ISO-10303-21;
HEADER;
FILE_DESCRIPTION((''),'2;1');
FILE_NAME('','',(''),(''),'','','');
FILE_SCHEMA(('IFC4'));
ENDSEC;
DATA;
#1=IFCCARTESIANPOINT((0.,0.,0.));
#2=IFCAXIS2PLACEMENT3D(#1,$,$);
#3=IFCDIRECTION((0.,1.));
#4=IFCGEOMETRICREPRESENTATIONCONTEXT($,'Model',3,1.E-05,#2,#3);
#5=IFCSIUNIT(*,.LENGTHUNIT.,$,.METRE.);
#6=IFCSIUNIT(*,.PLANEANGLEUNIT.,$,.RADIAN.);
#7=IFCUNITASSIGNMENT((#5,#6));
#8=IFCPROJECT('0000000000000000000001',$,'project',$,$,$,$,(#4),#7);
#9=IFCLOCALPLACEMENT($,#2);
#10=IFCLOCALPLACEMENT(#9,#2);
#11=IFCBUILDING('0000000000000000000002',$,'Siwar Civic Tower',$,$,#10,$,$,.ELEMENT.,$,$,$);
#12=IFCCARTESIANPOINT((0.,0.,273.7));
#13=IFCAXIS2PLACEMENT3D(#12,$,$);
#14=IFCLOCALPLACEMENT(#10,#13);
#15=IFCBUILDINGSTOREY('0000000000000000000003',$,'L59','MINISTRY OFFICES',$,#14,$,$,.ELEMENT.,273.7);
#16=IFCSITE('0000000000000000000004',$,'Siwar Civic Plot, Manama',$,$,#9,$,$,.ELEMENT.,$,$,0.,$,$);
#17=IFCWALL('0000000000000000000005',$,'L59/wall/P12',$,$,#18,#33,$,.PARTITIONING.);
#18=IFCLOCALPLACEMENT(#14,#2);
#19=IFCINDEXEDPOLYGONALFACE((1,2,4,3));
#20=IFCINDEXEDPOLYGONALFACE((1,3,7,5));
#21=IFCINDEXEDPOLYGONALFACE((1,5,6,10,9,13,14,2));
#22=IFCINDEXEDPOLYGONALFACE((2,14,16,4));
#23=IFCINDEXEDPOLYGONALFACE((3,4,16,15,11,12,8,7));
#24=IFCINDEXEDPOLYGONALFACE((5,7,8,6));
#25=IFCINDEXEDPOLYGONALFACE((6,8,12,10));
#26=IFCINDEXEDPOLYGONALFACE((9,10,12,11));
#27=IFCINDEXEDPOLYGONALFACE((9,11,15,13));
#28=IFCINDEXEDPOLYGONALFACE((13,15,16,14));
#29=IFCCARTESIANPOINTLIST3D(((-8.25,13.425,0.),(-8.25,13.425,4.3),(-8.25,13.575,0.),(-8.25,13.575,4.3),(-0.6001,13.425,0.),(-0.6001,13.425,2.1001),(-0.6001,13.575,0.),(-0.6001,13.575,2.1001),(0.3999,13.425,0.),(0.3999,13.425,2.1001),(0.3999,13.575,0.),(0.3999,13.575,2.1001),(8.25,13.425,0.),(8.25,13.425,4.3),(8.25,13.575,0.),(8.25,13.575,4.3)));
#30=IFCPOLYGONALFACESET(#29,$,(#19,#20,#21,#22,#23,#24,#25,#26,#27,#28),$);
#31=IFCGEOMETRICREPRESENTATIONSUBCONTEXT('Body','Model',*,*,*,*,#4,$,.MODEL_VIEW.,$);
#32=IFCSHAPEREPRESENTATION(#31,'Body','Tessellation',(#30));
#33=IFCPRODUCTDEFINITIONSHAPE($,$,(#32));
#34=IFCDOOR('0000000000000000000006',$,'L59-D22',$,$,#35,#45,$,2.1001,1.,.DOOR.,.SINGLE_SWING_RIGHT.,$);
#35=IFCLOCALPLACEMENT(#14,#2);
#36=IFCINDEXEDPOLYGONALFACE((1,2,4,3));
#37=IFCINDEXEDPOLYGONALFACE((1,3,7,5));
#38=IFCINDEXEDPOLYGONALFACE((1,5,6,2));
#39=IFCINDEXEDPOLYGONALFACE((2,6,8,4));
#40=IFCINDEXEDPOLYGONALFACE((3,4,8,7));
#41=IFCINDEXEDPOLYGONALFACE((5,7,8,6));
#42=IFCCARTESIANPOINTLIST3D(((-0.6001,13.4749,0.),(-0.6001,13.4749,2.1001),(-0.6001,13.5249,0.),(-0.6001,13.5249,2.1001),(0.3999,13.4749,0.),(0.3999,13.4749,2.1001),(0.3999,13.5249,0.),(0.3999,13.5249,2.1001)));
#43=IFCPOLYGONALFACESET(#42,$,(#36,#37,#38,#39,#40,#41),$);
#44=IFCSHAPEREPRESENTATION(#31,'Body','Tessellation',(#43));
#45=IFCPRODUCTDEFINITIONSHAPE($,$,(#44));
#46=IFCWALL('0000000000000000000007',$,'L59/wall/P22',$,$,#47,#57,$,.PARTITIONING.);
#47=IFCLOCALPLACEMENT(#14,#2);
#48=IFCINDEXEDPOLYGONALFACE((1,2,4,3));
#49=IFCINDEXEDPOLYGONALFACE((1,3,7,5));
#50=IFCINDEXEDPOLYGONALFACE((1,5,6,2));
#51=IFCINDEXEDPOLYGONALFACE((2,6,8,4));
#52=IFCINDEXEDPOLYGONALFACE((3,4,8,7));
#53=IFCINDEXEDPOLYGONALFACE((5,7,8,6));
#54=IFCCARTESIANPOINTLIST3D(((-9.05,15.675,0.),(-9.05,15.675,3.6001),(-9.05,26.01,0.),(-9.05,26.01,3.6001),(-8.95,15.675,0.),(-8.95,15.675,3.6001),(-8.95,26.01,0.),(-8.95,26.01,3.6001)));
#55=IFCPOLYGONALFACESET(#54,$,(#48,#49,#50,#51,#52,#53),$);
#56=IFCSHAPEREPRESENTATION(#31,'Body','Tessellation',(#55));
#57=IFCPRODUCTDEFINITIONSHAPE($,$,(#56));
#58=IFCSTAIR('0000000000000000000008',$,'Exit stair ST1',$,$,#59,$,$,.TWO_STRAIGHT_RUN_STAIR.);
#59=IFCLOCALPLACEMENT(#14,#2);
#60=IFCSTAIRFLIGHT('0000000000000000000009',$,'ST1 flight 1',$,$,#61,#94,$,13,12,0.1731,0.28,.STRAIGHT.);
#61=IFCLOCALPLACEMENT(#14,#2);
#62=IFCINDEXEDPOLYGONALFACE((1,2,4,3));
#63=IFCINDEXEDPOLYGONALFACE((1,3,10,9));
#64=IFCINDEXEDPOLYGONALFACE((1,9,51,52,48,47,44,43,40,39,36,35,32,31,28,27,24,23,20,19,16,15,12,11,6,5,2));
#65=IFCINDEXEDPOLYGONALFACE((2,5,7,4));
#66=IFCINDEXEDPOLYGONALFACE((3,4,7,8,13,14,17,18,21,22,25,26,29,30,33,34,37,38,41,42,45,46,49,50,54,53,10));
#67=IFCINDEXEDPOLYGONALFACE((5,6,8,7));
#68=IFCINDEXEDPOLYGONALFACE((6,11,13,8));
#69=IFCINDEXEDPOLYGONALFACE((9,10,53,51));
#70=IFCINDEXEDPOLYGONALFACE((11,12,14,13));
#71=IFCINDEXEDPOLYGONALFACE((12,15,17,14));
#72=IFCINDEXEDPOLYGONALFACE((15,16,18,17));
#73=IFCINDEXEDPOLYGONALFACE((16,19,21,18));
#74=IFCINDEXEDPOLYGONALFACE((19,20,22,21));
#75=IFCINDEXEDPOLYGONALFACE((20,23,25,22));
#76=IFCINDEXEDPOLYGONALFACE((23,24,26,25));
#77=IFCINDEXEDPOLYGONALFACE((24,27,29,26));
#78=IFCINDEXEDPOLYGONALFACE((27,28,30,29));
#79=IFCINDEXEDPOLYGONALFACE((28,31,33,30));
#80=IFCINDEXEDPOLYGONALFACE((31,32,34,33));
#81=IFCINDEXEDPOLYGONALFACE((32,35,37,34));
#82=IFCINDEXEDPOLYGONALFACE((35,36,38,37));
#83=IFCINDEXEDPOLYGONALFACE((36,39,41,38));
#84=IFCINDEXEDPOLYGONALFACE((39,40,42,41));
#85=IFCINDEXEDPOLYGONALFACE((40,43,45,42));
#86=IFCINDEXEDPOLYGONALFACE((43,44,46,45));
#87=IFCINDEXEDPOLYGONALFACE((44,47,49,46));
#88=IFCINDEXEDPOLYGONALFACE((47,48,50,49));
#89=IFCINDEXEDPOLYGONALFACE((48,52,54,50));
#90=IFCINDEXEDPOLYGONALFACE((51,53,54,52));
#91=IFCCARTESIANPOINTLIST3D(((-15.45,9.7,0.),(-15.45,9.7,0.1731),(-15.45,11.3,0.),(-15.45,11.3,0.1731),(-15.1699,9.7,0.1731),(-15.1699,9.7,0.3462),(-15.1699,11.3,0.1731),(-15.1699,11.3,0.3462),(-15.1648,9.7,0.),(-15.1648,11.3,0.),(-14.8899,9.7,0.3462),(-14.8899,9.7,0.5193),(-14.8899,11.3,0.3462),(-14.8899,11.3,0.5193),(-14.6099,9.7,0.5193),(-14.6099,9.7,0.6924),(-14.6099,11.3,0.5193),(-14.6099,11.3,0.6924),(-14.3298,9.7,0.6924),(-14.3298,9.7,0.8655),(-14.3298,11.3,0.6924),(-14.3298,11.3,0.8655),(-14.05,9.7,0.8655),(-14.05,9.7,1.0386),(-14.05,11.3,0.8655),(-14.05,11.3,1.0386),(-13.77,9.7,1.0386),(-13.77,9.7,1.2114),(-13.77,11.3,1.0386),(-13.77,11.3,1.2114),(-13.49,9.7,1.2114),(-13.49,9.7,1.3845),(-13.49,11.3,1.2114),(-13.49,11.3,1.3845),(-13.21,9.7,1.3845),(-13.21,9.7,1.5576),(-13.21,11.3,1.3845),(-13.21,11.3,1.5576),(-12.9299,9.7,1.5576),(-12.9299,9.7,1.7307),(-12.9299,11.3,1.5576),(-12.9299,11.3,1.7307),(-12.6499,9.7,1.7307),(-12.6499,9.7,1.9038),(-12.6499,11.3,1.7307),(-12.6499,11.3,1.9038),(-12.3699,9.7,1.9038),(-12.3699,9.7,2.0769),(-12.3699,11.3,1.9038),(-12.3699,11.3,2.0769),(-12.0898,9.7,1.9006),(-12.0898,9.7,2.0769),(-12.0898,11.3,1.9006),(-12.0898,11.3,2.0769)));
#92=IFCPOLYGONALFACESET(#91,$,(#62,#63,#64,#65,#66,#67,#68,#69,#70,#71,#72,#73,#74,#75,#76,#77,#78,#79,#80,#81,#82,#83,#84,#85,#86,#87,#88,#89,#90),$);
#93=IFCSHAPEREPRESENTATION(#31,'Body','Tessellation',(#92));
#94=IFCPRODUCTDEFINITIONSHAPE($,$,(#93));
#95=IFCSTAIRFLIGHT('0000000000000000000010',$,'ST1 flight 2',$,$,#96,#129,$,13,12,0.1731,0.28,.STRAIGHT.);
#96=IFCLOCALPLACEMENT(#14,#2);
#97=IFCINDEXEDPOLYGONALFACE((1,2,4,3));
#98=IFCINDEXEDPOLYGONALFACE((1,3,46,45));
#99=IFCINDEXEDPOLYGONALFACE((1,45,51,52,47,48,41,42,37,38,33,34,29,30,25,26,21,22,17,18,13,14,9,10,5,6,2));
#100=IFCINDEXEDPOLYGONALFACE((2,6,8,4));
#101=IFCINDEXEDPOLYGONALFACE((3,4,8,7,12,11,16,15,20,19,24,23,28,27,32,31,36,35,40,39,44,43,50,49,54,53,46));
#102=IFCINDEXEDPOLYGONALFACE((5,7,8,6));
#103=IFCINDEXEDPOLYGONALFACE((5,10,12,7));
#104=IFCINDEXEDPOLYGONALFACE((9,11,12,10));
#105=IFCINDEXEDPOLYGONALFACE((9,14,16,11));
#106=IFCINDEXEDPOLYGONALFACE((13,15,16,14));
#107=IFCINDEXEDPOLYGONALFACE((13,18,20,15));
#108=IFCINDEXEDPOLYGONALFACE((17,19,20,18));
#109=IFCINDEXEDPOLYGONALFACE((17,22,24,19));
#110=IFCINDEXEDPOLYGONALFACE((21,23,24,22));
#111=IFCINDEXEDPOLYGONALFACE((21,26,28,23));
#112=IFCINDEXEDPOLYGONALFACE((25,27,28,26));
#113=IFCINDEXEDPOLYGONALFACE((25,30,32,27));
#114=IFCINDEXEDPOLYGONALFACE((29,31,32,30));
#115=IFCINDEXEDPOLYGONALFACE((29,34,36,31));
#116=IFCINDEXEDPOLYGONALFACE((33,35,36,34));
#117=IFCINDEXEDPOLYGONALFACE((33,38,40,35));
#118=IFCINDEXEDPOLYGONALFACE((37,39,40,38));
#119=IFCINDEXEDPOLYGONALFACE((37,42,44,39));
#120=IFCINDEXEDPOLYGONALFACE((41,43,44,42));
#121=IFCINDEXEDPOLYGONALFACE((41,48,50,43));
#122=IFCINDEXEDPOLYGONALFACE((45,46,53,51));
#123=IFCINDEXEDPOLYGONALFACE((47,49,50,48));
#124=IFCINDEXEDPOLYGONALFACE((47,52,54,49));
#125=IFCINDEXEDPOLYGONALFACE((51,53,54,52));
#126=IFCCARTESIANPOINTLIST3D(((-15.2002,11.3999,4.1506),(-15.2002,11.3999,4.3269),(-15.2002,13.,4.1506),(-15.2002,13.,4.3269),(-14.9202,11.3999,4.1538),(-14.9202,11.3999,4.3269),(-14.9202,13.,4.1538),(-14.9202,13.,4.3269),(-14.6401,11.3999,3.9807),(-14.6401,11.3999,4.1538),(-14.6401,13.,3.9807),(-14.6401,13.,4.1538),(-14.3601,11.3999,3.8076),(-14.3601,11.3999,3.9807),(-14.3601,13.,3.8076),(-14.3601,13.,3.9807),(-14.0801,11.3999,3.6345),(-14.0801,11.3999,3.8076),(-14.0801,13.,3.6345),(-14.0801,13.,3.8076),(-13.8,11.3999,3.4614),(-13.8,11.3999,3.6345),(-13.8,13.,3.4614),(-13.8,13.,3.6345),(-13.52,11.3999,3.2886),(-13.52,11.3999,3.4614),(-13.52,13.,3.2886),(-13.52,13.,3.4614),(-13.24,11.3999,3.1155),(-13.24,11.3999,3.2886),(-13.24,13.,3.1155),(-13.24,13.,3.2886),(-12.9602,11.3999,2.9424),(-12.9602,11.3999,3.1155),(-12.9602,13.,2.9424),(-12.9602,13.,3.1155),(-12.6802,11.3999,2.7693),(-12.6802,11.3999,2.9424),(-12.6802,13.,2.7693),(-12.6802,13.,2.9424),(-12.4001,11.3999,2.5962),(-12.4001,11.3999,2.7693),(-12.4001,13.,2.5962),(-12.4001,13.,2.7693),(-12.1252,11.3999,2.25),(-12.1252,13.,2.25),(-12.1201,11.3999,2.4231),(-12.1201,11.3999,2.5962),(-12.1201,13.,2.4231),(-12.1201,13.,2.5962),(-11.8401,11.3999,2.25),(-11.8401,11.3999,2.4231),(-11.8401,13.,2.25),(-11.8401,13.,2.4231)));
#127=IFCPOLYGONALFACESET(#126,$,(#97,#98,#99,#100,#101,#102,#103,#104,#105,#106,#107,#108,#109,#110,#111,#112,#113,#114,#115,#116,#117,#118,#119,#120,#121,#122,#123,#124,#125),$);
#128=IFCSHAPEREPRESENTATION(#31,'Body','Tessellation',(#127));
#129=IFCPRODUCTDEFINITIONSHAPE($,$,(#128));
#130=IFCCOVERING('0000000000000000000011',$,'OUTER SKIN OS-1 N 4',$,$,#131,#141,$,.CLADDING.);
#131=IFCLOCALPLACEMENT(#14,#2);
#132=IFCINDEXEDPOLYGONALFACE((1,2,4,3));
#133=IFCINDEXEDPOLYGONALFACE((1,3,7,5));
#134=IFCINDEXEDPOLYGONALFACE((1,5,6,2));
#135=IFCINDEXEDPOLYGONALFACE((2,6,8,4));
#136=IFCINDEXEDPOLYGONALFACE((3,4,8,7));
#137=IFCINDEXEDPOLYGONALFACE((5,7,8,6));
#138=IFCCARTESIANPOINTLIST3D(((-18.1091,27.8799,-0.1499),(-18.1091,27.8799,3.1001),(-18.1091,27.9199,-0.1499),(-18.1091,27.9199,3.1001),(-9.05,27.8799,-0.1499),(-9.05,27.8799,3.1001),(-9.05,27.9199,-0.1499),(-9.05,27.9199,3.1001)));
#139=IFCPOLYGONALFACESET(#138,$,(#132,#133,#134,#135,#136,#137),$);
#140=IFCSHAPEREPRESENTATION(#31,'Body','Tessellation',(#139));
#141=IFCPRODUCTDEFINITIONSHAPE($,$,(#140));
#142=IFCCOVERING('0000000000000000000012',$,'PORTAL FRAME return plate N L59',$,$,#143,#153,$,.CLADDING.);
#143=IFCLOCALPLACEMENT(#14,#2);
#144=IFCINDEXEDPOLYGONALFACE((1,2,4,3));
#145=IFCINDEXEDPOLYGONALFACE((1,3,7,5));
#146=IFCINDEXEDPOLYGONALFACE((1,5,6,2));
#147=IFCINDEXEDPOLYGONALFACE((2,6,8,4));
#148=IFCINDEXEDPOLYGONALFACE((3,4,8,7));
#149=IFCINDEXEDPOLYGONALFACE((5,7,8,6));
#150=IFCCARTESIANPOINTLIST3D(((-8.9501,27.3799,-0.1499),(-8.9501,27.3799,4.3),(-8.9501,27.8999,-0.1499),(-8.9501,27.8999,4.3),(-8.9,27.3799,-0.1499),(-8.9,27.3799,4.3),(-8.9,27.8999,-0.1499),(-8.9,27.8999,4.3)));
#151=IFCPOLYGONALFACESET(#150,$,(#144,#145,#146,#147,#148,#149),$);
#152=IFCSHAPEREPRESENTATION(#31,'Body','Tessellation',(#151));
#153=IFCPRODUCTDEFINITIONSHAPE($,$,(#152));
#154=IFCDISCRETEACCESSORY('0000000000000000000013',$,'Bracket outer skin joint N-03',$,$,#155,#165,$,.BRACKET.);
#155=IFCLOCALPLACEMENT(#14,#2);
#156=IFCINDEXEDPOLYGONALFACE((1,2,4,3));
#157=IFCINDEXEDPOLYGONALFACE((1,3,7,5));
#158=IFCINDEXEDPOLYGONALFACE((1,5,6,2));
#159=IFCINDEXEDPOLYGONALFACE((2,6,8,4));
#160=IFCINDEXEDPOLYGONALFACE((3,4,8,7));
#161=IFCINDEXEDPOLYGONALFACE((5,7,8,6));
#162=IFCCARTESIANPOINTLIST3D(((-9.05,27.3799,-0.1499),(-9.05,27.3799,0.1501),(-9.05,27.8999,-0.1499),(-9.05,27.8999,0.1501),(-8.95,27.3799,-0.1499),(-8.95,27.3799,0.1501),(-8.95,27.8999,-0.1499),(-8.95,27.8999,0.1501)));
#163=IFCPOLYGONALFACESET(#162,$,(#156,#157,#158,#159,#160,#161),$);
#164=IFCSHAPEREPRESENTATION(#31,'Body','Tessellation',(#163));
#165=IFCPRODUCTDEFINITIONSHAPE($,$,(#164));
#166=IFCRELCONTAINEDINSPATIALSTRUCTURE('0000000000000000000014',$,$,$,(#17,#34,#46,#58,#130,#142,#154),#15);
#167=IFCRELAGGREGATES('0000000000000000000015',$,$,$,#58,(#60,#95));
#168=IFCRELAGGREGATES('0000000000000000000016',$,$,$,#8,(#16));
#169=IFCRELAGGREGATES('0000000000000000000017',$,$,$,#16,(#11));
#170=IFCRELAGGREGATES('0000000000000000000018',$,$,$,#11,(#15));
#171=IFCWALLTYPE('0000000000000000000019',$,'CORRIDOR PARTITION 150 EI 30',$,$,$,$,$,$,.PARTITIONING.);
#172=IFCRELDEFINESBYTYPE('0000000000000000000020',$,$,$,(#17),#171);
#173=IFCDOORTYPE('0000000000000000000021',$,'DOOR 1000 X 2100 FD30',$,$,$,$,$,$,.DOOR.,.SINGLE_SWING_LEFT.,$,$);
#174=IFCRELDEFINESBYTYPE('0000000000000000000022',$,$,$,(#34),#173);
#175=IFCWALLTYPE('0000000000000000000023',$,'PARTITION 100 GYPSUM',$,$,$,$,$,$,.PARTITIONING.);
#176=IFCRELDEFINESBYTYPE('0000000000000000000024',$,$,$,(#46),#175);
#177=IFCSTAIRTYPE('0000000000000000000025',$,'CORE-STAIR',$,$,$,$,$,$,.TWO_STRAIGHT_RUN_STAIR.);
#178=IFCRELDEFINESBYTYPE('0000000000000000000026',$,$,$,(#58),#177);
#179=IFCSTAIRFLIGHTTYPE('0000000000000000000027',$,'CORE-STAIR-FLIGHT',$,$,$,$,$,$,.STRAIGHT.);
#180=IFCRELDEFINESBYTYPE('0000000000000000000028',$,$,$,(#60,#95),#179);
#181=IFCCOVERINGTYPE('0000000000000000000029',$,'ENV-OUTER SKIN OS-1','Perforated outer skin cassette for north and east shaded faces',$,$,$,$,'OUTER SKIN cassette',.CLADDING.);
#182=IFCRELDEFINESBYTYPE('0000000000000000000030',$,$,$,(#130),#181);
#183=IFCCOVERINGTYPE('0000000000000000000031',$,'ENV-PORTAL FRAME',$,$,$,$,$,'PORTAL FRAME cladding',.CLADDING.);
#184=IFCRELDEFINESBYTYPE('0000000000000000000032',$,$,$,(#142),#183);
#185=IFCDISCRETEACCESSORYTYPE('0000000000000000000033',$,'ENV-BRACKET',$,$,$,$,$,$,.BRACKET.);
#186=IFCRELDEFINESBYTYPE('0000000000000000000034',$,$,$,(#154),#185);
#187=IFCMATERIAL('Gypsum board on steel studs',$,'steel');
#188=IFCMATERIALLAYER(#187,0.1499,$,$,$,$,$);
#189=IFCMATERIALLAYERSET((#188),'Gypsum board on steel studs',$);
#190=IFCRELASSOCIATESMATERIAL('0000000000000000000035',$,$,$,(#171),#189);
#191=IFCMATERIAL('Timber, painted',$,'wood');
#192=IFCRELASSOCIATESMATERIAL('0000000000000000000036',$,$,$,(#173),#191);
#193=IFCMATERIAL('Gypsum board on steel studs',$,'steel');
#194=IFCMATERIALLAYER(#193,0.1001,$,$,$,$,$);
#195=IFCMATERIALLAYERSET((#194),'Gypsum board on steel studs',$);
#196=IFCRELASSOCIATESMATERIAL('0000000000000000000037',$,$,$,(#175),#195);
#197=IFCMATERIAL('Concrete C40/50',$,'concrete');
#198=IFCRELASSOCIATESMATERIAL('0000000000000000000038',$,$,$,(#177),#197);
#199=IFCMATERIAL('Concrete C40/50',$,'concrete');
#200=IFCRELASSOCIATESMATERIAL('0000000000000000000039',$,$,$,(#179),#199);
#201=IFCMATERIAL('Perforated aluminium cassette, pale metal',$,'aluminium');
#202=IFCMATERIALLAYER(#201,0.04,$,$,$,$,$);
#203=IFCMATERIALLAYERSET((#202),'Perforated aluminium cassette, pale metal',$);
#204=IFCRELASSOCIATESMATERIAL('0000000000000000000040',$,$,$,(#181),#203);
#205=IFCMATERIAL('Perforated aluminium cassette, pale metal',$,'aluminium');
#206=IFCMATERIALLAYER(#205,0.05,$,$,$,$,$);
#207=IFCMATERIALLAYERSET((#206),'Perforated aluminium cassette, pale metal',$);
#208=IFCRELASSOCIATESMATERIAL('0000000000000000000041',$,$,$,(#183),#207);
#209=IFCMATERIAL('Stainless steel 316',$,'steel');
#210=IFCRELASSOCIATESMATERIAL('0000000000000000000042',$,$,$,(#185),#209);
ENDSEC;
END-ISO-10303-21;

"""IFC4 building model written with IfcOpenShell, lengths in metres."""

from ifc_helpers import new_model, si_unit, direction, frame, frame_2d, origin, origin_2d, place, context, subcontext, project, spatial, polyline, rectangle, outline, extrude, material, layer, layer_set, type_object, element, fill, aggregate, save


model = new_model("IFC4")

# Units and contexts
model_context = context("Model", 3, precision=1e-05, world=origin(), true_north=direction((0.0, 1.0)))
body_context = subcontext(model_context, "Body", "Model", "MODEL_VIEW")
ifc_project = project(units=[si_unit("LENGTHUNIT", "METRE"), si_unit("PLANEANGLEUNIT", "RADIAN")], contexts=[model_context])

# Site, building, storey
site_placement = place(None, origin())
site = spatial("IfcSite", under=ifc_project, at=site_placement, Name="Siwar Civic Plot, Manama", CompositionType="ELEMENT", RefElevation=0.0)
building_placement = place(site_placement, origin())
building = spatial("IfcBuilding", under=site, at=building_placement, Name="Siwar Civic Tower", CompositionType="ELEMENT")
storey_placement = place(building_placement, frame((0.0, 0.0, 273.7)))
storey = spatial("IfcBuildingStorey", under=building, at=storey_placement, Name="L59", Description="MINISTRY OFFICES", CompositionType="ELEMENT", Elevation=273.7)

# Shared definitions
ifc_material_1 = material(Name="Gypsum board on steel studs", Category="steel")
ifc_layer_1 = layer(ifc_material_1, 0.1499)
ifc_layer_set_1 = layer_set([ifc_layer_1], Name="Gypsum board on steel studs")
wall_type_1 = type_object("IfcWallType", Name="CORRIDOR PARTITION 150 EI 30", PredefinedType="PARTITIONING", material=ifc_layer_set_1)

# Wall, opening, door
wall_1_placement = place(storey_placement, frame((-8.25, 13.5, 0.0), z_axis=(0.0, 0.0, 1.0), x_axis=(1.0, 0.0, 0.0)))
wall_1 = element("IfcWall", 1, at=wall_1_placement, inside=storey, type_object=wall_type_1, Name="L59/wall/P12", PredefinedType="PARTITIONING", context=body_context, shape_type="SweptSolid", body=[
    extrude(rectangle(XDim=16.5, YDim=0.1499, at=frame_2d((8.25, 0.0))), origin(), (0.0, 0.0, 1.0), 4.3),
])
opening_1_placement = place(wall_1_placement, frame((7.6499, 0.0, 0.0)))
opening_1 = element("IfcOpeningElement", 2, at=opening_1_placement, cuts=wall_1, PredefinedType="OPENING", context=body_context, shape_type="SweptSolid", body=[
    extrude(rectangle(XDim=1.0, YDim=2.1001, at=frame_2d((0.5, 1.05))), frame((0.0, 0.085, 0.0), z_axis=(0.0, -1.0, 0.0), x_axis=(1.0, 0.0, 0.0)), (0.0, 0.0, 1.0), 0.1699),
])
ifc_material_2 = material(Name="Timber, painted", Category="wood")
door_type_1 = type_object("IfcDoorType", Name="DOOR 1000 X 2100 FD30", OperationType="SINGLE_SWING_LEFT", PredefinedType="DOOR", material=ifc_material_2)
door_1_placement = place(opening_1_placement, origin())
door_1 = element("IfcDoor", 3, at=door_1_placement, inside=storey, type_object=door_type_1, Name="L59-D22", OperationType="SINGLE_SWING_RIGHT", OverallHeight=2.1001, OverallWidth=1.0, PredefinedType="DOOR", context=body_context, shape_type="SweptSolid", body=[
    extrude(rectangle(XDim=1.0, YDim=2.1001, at=frame_2d((0.5, 1.05))), frame((0.0, 0.0249, 0.0), z_axis=(0.0, -1.0, 0.0), x_axis=(1.0, 0.0, 0.0)), (0.0, 0.0, 1.0), 0.05),
])
fill(opening_1, door_1)

# Wall
ifc_material_3 = material(Name="Gypsum board on steel studs", Category="steel")
ifc_layer_2 = layer(ifc_material_3, 0.1001)
ifc_layer_set_2 = layer_set([ifc_layer_2], Name="Gypsum board on steel studs")
wall_type_2 = type_object("IfcWallType", Name="PARTITION 100 GYPSUM", PredefinedType="PARTITIONING", material=ifc_layer_set_2)
wall_2_placement = place(storey_placement, frame((-9.0, 15.675, 0.0), z_axis=(0.0, 0.0, 1.0), x_axis=(0.0, 1.0, 0.0)))
element("IfcWall", 4, at=wall_2_placement, inside=storey, type_object=wall_type_2, Name="L59/wall/P22", PredefinedType="PARTITIONING", context=body_context, shape_type="SweptSolid", body=[
    extrude(rectangle(XDim=10.335, YDim=0.1001, at=frame_2d((5.1675, 0.0))), origin(), (0.0, 0.0, 1.0), 3.6001),
])

# Stair, stair flights
ifc_material_4 = material(Name="Concrete C40/50", Category="concrete")
stair_type = type_object("IfcStairType", Name="CORE-STAIR", PredefinedType="TWO_STRAIGHT_RUN_STAIR", material=ifc_material_4)
stair_placement = place(storey_placement, origin())
stair = element("IfcStair", 5, at=stair_placement, inside=storey, type_object=stair_type, Name="Exit stair ST1", PredefinedType="TWO_STRAIGHT_RUN_STAIR")
ifc_material_5 = material(Name="Concrete C40/50", Category="concrete")
stair_flight_type = type_object("IfcStairFlightType", Name="CORE-STAIR-FLIGHT", PredefinedType="STRAIGHT", material=ifc_material_5)
stair_flight_1_placement = place(storey_placement, frame((-15.45, 10.5, 0.0), z_axis=(0.0, 0.0, 1.0), x_axis=(1.0, 0.0, 0.0)))
stair_flight_1 = element("IfcStairFlight", 6, at=stair_flight_1_placement, type_object=stair_flight_type, Name="ST1 flight 1", NumberOfRisers=13, NumberOfTreads=12, PredefinedType="STRAIGHT", RiserHeight=0.1731, TreadLength=0.28, context=body_context, shape_type="SweptSolid", body=[
    extrude(outline(polyline([(0.0, 0.0), (0.0, 0.1731), (0.28, 0.1731), (0.28, 0.3462), (0.5601, 0.3462), (0.5601, 0.5193), (0.8401, 0.5193), (0.8401, 0.6924), (1.1201, 0.6924), (1.1201, 0.8655), (1.3999, 0.8655), (1.3999, 1.0386), (1.6799, 1.0386), (1.6799, 1.2114), (1.96, 1.2114), (1.96, 1.3845), (2.24, 1.3845), (2.24, 1.5576), (2.52, 1.5576), (2.52, 1.7307), (2.8, 1.7307), (2.8, 1.9038), (3.0801, 1.9038), (3.0801, 2.0769), (3.3601, 2.0769), (3.3601, 2.25), (3.3601, 1.9006), (0.2852, 0.0), (0.0, 0.0)])), frame((0.0, 0.8, 0.0), z_axis=(0.0, -1.0, 0.0), x_axis=(1.0, 0.0, 0.0)), (0.0, 0.0, 1.0), 1.6001),
])
stair_flight_2_placement = place(storey_placement, frame((-11.8401, 12.2, 2.25), z_axis=(0.0, 0.0, 1.0), x_axis=(-1.0, 0.0, 0.0)))
stair_flight_2 = element("IfcStairFlight", 7, at=stair_flight_2_placement, type_object=stair_flight_type, Name="ST1 flight 2", NumberOfRisers=13, NumberOfTreads=12, PredefinedType="STRAIGHT", RiserHeight=0.1731, TreadLength=0.28, context=body_context, shape_type="SweptSolid", body=[
    extrude(outline(polyline([(0.0, 0.0), (0.0, 0.1731), (0.28, 0.1731), (0.28, 0.3462), (0.5601, 0.3462), (0.5601, 0.5193), (0.8401, 0.5193), (0.8401, 0.6924), (1.1201, 0.6924), (1.1201, 0.8655), (1.3999, 0.8655), (1.3999, 1.0386), (1.6799, 1.0386), (1.6799, 1.2114), (1.96, 1.2114), (1.96, 1.3845), (2.24, 1.3845), (2.24, 1.5576), (2.52, 1.5576), (2.52, 1.7307), (2.8, 1.7307), (2.8, 1.9038), (3.0801, 1.9038), (3.0801, 2.0769), (3.3601, 2.0769), (3.3601, 2.25), (3.3601, 1.9006), (0.2852, 0.0), (0.0, 0.0)])), frame((0.0, 0.8, 0.0), z_axis=(0.0, -1.0, 0.0), x_axis=(1.0, 0.0, 0.0)), (0.0, 0.0, 1.0), 1.6001),
])
aggregate(stair, [stair_flight_1, stair_flight_2])

# Coverings
ifc_material_6 = material(Name="Perforated aluminium cassette, pale metal", Category="aluminium")
ifc_layer_3 = layer(ifc_material_6, 0.04)
ifc_layer_set_3 = layer_set([ifc_layer_3], Name="Perforated aluminium cassette, pale metal")
covering_type_1 = type_object("IfcCoveringType", Name="ENV-OUTER SKIN OS-1", Description="Perforated outer skin cassette for north and east shaded faces", ElementType="OUTER SKIN cassette", PredefinedType="CLADDING", material=ifc_layer_set_3)
covering_1_placement = place(storey_placement, frame((-13.5796, 27.8999, -0.1499), z_axis=(0.0, 0.0, 1.0), x_axis=(-1.0, 0.0, 0.0)))
element("IfcCovering", 8, at=covering_1_placement, inside=storey, type_object=covering_type_1, Name="OUTER SKIN OS-1 N 4", PredefinedType="CLADDING", context=body_context, shape_type="SweptSolid", body=[
    extrude(rectangle(XDim=9.0591, YDim=0.04, at=origin_2d()), origin(), (0.0, 0.0, 1.0), 3.25),
])
ifc_material_7 = material(Name="Perforated aluminium cassette, pale metal", Category="aluminium")
ifc_layer_4 = layer(ifc_material_7, 0.05)
ifc_layer_set_4 = layer_set([ifc_layer_4], Name="Perforated aluminium cassette, pale metal")
covering_type_2 = type_object("IfcCoveringType", Name="ENV-PORTAL FRAME", ElementType="PORTAL FRAME cladding", PredefinedType="CLADDING", material=ifc_layer_set_4)
covering_2_placement = place(storey_placement, frame((-8.925, 27.6399, -0.1499), z_axis=(0.0, 0.0, 1.0), x_axis=(1.0, 0.0, 0.0)))
element("IfcCovering", 9, at=covering_2_placement, inside=storey, type_object=covering_type_2, Name="PORTAL FRAME return plate N L59", PredefinedType="CLADDING", context=body_context, shape_type="SweptSolid", body=[
    extrude(rectangle(XDim=0.05, YDim=0.52, at=origin_2d()), origin(), (0.0, 0.0, 1.0), 4.45),
])

# Discrete accessory
ifc_material_8 = material(Name="Stainless steel 316", Category="steel")
discrete_accessory_type = type_object("IfcDiscreteAccessoryType", Name="ENV-BRACKET", PredefinedType="BRACKET", material=ifc_material_8)
discrete_accessory_placement = place(storey_placement, frame((-9.0, 27.6399, -0.1499), z_axis=(0.0, 0.0, 1.0), x_axis=(0.0, 1.0, 0.0)))
element("IfcDiscreteAccessory", 10, at=discrete_accessory_placement, inside=storey, type_object=discrete_accessory_type, Name="Bracket outer skin joint N-03", PredefinedType="BRACKET", context=body_context, shape_type="SweptSolid", body=[
    extrude(rectangle(XDim=0.52, YDim=0.1001, at=origin_2d()), origin(), (0.0, 0.0, 1.0), 0.3),
])

save(model, "model.ifc")
